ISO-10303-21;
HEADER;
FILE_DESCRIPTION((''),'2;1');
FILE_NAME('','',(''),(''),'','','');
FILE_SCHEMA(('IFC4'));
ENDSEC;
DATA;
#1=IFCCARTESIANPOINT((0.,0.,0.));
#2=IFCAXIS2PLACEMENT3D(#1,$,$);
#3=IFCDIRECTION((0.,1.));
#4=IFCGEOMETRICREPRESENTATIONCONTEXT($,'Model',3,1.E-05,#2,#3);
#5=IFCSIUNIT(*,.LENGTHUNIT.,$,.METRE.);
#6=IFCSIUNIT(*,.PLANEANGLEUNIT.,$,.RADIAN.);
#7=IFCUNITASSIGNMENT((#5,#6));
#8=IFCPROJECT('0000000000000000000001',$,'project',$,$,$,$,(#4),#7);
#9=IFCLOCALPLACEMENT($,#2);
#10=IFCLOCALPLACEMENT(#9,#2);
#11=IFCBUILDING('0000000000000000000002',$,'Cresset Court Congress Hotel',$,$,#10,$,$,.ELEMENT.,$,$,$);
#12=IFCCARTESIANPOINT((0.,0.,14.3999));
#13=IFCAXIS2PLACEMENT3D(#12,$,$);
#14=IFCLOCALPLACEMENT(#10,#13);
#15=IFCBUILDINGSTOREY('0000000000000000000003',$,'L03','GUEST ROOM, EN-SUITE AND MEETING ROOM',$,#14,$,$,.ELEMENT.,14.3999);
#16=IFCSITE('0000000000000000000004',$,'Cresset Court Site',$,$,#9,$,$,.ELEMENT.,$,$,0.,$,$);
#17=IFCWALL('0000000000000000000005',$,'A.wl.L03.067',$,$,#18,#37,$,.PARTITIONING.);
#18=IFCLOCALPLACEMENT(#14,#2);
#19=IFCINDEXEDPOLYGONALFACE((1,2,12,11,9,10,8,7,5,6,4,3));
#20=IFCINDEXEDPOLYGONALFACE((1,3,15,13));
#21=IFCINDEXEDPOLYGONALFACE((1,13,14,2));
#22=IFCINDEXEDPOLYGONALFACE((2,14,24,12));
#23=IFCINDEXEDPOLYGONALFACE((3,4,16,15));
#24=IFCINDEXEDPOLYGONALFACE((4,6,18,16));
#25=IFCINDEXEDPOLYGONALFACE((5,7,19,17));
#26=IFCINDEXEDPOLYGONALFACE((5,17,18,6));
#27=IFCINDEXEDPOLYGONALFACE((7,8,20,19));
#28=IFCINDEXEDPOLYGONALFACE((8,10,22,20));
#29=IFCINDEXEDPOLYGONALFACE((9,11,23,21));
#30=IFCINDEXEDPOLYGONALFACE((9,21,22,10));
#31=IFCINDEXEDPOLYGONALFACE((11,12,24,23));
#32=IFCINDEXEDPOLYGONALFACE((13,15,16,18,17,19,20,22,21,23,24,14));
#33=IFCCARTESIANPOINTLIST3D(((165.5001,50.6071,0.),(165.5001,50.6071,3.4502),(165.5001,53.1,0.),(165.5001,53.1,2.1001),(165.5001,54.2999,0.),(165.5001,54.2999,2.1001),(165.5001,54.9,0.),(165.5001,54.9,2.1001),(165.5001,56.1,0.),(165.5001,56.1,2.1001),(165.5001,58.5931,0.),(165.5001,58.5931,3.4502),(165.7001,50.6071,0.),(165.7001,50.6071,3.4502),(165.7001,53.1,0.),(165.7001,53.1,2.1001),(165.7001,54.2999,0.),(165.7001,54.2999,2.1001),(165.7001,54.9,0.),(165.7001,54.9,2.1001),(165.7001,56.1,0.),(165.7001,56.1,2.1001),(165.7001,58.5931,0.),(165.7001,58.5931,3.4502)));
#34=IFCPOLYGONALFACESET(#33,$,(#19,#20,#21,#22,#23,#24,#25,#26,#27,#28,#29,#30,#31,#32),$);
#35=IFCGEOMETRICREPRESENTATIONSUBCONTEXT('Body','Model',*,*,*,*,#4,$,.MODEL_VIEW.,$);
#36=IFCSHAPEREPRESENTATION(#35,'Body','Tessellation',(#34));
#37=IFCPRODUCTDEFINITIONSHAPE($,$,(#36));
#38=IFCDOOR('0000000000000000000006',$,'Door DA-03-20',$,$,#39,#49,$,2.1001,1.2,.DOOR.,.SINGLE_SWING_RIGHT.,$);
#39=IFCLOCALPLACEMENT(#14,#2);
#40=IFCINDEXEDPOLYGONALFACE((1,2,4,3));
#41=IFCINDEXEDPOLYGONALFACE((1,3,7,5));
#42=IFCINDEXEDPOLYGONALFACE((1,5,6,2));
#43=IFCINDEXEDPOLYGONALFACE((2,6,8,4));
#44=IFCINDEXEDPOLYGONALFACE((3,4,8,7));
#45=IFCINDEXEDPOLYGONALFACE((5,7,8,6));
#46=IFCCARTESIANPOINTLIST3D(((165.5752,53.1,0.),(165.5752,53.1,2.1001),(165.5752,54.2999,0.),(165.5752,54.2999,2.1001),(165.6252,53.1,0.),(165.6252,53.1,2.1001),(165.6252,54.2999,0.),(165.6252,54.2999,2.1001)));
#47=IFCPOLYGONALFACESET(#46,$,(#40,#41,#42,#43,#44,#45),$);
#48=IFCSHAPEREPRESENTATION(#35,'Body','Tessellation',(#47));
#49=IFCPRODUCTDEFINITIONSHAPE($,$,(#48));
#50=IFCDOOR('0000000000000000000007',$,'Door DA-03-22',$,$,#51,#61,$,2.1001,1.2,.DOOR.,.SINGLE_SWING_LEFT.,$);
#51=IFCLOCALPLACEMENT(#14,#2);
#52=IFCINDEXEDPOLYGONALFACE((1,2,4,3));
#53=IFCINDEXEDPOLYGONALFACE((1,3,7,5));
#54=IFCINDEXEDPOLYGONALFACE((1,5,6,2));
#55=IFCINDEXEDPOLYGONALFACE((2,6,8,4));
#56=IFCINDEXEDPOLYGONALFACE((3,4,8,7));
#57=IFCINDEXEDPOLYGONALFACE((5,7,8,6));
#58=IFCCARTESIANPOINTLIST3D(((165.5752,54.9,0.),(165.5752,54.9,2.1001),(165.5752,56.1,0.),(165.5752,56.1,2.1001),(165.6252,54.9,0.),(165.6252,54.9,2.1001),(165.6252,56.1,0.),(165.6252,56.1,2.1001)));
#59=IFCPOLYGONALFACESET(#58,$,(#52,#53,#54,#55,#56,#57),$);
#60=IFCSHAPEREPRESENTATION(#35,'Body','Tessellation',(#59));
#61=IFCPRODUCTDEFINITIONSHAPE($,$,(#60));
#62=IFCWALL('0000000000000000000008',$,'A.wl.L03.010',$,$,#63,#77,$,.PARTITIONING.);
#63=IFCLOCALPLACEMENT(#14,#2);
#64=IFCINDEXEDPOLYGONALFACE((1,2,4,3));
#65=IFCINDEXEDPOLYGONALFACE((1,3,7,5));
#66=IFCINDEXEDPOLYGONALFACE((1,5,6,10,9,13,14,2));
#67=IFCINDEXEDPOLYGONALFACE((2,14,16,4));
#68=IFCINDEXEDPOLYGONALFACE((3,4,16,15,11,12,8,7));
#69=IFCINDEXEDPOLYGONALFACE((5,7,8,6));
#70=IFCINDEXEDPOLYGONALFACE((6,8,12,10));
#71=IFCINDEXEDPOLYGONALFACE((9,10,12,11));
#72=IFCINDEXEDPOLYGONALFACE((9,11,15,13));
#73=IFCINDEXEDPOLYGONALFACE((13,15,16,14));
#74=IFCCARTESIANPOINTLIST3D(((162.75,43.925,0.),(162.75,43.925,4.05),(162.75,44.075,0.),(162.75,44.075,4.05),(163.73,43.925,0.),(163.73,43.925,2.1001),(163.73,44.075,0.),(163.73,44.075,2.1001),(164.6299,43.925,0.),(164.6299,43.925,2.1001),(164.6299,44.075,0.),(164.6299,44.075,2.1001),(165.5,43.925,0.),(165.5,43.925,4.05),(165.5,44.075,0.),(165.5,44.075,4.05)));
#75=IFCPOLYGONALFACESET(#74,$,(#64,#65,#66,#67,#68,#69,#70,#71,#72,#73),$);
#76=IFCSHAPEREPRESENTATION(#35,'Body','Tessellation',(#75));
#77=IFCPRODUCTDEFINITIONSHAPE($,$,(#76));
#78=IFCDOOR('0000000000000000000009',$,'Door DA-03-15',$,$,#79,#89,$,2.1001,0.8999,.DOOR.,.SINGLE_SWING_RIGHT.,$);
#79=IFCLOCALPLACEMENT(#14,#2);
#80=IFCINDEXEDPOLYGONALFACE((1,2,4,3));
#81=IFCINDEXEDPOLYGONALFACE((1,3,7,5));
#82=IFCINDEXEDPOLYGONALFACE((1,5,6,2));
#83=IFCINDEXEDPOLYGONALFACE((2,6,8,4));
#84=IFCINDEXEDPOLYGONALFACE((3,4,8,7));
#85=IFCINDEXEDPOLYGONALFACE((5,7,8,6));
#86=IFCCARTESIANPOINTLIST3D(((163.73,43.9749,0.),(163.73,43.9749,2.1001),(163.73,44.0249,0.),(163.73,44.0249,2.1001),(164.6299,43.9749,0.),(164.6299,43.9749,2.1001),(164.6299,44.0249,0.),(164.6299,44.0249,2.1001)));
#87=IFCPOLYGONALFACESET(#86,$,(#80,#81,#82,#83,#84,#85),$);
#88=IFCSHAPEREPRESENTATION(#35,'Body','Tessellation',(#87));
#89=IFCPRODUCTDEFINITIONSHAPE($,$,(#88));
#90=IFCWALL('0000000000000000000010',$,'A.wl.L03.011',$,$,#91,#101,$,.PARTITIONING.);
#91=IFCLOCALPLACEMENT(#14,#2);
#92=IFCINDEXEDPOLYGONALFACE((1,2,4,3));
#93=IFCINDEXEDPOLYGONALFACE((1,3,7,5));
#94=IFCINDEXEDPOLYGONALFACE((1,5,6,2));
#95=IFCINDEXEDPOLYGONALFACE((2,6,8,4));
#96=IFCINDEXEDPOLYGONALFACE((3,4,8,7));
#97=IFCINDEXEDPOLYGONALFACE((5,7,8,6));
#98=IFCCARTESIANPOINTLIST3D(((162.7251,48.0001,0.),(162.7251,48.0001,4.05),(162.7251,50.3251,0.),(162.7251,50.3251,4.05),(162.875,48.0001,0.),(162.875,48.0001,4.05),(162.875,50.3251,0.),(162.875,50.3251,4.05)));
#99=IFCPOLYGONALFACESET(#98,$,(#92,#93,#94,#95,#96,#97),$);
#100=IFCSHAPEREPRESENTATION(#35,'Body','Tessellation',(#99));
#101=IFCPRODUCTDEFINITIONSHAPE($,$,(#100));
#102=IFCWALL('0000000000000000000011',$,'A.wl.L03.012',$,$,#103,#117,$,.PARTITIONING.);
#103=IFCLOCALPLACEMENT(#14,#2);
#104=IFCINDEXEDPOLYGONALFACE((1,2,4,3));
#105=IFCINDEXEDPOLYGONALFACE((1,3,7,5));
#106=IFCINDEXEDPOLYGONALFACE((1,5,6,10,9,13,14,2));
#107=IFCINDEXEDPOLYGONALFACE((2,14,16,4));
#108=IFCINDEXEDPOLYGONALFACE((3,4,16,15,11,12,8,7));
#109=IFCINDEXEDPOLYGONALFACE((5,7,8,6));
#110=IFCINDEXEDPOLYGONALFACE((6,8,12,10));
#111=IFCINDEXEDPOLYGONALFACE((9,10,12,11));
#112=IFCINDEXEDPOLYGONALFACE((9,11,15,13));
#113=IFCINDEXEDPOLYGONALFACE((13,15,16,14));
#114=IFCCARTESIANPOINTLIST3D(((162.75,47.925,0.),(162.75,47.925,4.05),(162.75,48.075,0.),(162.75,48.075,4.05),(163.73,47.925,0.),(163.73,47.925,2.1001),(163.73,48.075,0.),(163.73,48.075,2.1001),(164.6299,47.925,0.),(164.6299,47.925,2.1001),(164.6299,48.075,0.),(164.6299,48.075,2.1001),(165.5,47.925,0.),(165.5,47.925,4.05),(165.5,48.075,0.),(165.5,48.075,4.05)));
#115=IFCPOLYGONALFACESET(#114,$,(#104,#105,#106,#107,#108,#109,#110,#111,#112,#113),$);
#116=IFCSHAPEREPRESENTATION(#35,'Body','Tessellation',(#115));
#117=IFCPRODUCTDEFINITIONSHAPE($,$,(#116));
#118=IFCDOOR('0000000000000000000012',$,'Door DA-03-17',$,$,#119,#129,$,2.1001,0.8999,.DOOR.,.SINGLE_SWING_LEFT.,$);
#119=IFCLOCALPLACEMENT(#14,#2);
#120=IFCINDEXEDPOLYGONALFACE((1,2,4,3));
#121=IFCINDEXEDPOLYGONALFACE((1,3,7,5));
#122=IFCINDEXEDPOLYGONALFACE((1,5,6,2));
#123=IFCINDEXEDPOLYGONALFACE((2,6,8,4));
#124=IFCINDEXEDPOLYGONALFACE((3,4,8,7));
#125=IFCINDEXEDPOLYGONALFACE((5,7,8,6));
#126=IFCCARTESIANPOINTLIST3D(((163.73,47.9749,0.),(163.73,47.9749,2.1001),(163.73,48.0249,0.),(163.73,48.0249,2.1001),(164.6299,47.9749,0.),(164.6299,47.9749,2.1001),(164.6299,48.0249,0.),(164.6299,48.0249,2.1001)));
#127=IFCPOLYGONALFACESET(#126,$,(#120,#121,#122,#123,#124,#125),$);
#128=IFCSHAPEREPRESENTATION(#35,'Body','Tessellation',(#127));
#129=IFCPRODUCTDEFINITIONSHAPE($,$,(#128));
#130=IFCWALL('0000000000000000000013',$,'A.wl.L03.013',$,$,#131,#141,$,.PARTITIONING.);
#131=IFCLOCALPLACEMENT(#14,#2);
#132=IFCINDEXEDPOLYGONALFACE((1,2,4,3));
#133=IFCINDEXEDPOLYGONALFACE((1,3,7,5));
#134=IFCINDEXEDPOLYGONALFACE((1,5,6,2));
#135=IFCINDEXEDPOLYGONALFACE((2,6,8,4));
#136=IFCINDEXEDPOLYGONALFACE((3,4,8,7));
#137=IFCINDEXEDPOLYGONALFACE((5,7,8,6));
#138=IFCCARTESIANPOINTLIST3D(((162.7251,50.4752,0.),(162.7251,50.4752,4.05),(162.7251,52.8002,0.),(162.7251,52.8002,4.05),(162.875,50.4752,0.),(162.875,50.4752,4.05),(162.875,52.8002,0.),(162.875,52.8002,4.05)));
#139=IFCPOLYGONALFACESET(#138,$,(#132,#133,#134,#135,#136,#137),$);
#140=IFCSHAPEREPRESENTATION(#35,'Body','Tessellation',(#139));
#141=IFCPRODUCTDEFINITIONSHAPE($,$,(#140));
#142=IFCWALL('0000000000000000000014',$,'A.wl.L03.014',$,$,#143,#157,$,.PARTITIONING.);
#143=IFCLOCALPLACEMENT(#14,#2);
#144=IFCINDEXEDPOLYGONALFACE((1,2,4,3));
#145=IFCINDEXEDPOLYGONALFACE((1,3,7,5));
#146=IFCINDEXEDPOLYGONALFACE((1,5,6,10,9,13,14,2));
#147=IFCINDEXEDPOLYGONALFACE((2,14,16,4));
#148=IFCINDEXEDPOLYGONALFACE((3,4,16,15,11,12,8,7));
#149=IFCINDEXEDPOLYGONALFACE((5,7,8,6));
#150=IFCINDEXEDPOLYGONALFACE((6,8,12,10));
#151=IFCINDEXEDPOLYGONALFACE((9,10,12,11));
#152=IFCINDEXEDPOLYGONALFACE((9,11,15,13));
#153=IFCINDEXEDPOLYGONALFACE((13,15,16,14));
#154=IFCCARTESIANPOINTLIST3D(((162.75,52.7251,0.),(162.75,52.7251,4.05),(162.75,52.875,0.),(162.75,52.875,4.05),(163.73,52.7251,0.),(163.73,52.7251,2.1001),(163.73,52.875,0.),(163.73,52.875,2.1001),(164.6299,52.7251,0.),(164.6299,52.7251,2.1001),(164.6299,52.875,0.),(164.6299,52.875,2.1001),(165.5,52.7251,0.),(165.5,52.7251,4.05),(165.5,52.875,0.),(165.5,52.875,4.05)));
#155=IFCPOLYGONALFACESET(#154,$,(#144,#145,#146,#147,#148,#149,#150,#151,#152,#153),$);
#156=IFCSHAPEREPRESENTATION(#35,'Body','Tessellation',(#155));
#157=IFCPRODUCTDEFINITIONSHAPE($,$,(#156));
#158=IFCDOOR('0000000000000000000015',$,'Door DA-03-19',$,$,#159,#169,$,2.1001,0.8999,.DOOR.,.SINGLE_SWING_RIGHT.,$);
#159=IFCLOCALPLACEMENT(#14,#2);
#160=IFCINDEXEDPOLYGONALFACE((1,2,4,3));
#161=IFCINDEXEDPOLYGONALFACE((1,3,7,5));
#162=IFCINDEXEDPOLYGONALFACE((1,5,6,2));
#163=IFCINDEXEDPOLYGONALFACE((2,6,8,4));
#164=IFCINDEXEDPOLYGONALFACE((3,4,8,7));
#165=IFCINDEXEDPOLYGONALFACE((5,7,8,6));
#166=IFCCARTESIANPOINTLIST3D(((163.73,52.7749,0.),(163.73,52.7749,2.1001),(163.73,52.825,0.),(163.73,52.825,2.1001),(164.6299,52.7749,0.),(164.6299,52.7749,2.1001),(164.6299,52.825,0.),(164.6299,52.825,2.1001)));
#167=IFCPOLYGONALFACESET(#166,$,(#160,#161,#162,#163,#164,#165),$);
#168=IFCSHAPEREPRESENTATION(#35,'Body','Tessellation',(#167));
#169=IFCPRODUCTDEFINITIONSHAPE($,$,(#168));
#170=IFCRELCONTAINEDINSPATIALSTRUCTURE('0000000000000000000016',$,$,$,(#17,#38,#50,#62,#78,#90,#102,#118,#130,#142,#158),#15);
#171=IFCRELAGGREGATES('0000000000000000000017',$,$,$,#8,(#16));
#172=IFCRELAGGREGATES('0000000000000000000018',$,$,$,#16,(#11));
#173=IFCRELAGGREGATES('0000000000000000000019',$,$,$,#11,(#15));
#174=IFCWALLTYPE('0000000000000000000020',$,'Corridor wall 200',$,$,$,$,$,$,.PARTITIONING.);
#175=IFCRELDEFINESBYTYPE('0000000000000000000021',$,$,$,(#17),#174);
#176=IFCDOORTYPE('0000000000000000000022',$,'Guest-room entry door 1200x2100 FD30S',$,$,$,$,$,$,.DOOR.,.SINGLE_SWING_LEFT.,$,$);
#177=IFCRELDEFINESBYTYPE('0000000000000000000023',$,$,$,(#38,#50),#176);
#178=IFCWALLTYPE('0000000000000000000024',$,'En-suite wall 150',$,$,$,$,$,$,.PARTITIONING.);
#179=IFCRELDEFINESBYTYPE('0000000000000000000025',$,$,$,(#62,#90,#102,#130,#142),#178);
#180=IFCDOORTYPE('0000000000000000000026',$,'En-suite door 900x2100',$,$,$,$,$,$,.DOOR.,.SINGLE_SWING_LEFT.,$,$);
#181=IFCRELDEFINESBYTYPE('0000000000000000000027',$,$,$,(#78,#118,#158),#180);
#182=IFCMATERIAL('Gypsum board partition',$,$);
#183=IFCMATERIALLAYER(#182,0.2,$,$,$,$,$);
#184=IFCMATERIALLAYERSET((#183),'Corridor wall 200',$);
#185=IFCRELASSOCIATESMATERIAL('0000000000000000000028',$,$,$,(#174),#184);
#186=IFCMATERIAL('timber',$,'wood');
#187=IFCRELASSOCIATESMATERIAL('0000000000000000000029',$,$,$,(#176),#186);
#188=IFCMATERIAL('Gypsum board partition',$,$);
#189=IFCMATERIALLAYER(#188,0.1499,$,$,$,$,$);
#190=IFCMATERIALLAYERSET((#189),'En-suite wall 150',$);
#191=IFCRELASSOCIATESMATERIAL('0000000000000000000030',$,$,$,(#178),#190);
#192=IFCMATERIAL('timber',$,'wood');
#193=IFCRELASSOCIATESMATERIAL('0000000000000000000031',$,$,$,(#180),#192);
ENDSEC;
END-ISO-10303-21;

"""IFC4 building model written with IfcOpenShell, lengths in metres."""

from ifc_helpers import new_model, si_unit, direction, frame, frame_2d, origin, place, context, subcontext, project, spatial, rectangle, extrude, material, layer, layer_set, type_object, element, fill, save


model = new_model("IFC4")

# Units and contexts
model_context = context("Model", 3, precision=1e-05, world=origin(), true_north=direction((0.0, 1.0)))
body_context = subcontext(model_context, "Body", "Model", "MODEL_VIEW")
ifc_project = project(units=[si_unit("LENGTHUNIT", "METRE"), si_unit("PLANEANGLEUNIT", "RADIAN")], contexts=[model_context])

# Site, building, storey
site_placement = place(None, origin())
site = spatial("IfcSite", under=ifc_project, at=site_placement, Name="Cresset Court Site", CompositionType="ELEMENT", RefElevation=0.0)
building_placement = place(site_placement, origin())
building = spatial("IfcBuilding", under=site, at=building_placement, Name="Cresset Court Congress Hotel", CompositionType="ELEMENT")
storey_placement = place(building_placement, frame((0.0, 0.0, 14.3999)))
storey = spatial("IfcBuildingStorey", under=building, at=storey_placement, Name="L03", Description="GUEST ROOM, EN-SUITE AND MEETING ROOM", CompositionType="ELEMENT", Elevation=14.3999)

# Wall, openings, doors
ifc_material_1 = material(Name="Gypsum board partition")
ifc_layer_1 = layer(ifc_material_1, 0.2)
ifc_layer_set_1 = layer_set([ifc_layer_1], Name="Corridor wall 200")
wall_type_1 = type_object("IfcWallType", Name="Corridor wall 200", PredefinedType="PARTITIONING", material=ifc_layer_set_1)
wall_1_placement = place(storey_placement, frame((165.6001, 50.6069, 0.0), z_axis=(0.0, 0.0, 1.0), x_axis=(0.0, 1.0, 0.0)))
wall_1 = element("IfcWall", 1, at=wall_1_placement, inside=storey, type_object=wall_type_1, Name="A.wl.L03.067", PredefinedType="PARTITIONING", context=body_context, shape_type="SweptSolid", body=[
    extrude(rectangle(XDim=7.9861, YDim=0.2, at=frame_2d((3.9932, 0.0))), origin(), (0.0, 0.0, 1.0), 3.4502),
])
opening_1_placement = place(wall_1_placement, frame((2.4929, 0.0, 0.0)))
opening_1 = element("IfcOpeningElement", 2, at=opening_1_placement, cuts=wall_1, PredefinedType="OPENING", context=body_context, shape_type="SweptSolid", body=[
    extrude(rectangle(XDim=1.2, YDim=2.1001, at=frame_2d((0.6001, 1.05))), frame((0.0, 0.1099, 0.0), z_axis=(0.0, -1.0, 0.0), x_axis=(1.0, 0.0, 0.0)), (0.0, 0.0, 1.0), 0.22),
])
opening_2_placement = place(wall_1_placement, frame((4.293, 0.0, 0.0)))
opening_2 = element("IfcOpeningElement", 3, at=opening_2_placement, cuts=wall_1, PredefinedType="OPENING", context=body_context, shape_type="SweptSolid", body=[
    extrude(rectangle(XDim=1.2, YDim=2.1001, at=frame_2d((0.6001, 1.05))), frame((0.0, 0.1099, 0.0), z_axis=(0.0, -1.0, 0.0), x_axis=(1.0, 0.0, 0.0)), (0.0, 0.0, 1.0), 0.22),
])
ifc_material_2 = material(Name="timber", Category="wood")
door_type_1 = type_object("IfcDoorType", Name="Guest-room entry door 1200x2100 FD30S", OperationType="SINGLE_SWING_LEFT", PredefinedType="DOOR", material=ifc_material_2)
door_1_placement = place(opening_1_placement, origin())
door_1 = element("IfcDoor", 4, at=door_1_placement, inside=storey, type_object=door_type_1, Name="Door DA-03-20", OperationType="SINGLE_SWING_RIGHT", OverallHeight=2.1001, OverallWidth=1.2, PredefinedType="DOOR", context=body_context, shape_type="SweptSolid", body=[
    extrude(rectangle(XDim=1.2, YDim=2.1001, at=frame_2d((0.6001, 1.05))), frame((0.0, 0.0249, 0.0), z_axis=(0.0, -1.0, 0.0), x_axis=(1.0, 0.0, 0.0)), (0.0, 0.0, 1.0), 0.05),
])
fill(opening_1, door_1)
door_2_placement = place(opening_2_placement, origin())
door_2 = element("IfcDoor", 5, at=door_2_placement, inside=storey, type_object=door_type_1, Name="Door DA-03-22", OperationType="SINGLE_SWING_LEFT", OverallHeight=2.1001, OverallWidth=1.2, PredefinedType="DOOR", context=body_context, shape_type="SweptSolid", body=[
    extrude(rectangle(XDim=1.2, YDim=2.1001, at=frame_2d((0.6001, 1.05))), frame((0.0, 0.0249, 0.0), z_axis=(0.0, -1.0, 0.0), x_axis=(1.0, 0.0, 0.0)), (0.0, 0.0, 1.0), 0.05),
])
fill(opening_2, door_2)

# Wall, opening, door
ifc_material_3 = material(Name="Gypsum board partition")
ifc_layer_2 = layer(ifc_material_3, 0.1499)
ifc_layer_set_2 = layer_set([ifc_layer_2], Name="En-suite wall 150")
wall_type_2 = type_object("IfcWallType", Name="En-suite wall 150", PredefinedType="PARTITIONING", material=ifc_layer_set_2)
wall_2_placement = place(storey_placement, frame((162.75, 44.0, 0.0), z_axis=(0.0, 0.0, 1.0), x_axis=(1.0, 0.0, 0.0)))
wall_2 = element("IfcWall", 6, at=wall_2_placement, inside=storey, type_object=wall_type_2, Name="A.wl.L03.010", PredefinedType="PARTITIONING", context=body_context, shape_type="SweptSolid", body=[
    extrude(rectangle(XDim=2.75, YDim=0.1499, at=frame_2d((1.375, 0.0))), origin(), (0.0, 0.0, 1.0), 4.05),
])
opening_3_placement = place(wall_2_placement, frame((0.98, 0.0, 0.0)))
opening_3 = element("IfcOpeningElement", 7, at=opening_3_placement, cuts=wall_2, PredefinedType="OPENING", context=body_context, shape_type="SweptSolid", body=[
    extrude(rectangle(XDim=0.8999, YDim=2.1001, at=frame_2d((0.45, 1.05))), frame((0.0, 0.085, 0.0), z_axis=(0.0, -1.0, 0.0), x_axis=(1.0, 0.0, 0.0)), (0.0, 0.0, 1.0), 0.1699),
])
ifc_material_4 = material(Name="timber", Category="wood")
door_type_2 = type_object("IfcDoorType", Name="En-suite door 900x2100", OperationType="SINGLE_SWING_LEFT", PredefinedType="DOOR", material=ifc_material_4)
door_3_placement = place(opening_3_placement, origin())
door_3 = element("IfcDoor", 8, at=door_3_placement, inside=storey, type_object=door_type_2, Name="Door DA-03-15", OperationType="SINGLE_SWING_RIGHT", OverallHeight=2.1001, OverallWidth=0.8999, PredefinedType="DOOR", context=body_context, shape_type="SweptSolid", body=[
    extrude(rectangle(XDim=0.8999, YDim=2.1001, at=frame_2d((0.45, 1.05))), frame((0.0, 0.0249, 0.0), z_axis=(0.0, -1.0, 0.0), x_axis=(1.0, 0.0, 0.0)), (0.0, 0.0, 1.0), 0.05),
])
fill(opening_3, door_3)

# Wall
wall_3_placement = place(storey_placement, frame((162.8, 48.0, 0.0), z_axis=(0.0, 0.0, 1.0), x_axis=(0.0, 1.0, 0.0)))
element("IfcWall", 9, at=wall_3_placement, inside=storey, type_object=wall_type_2, Name="A.wl.L03.011", PredefinedType="PARTITIONING", context=body_context, shape_type="SweptSolid", body=[
    extrude(rectangle(XDim=2.325, YDim=0.1499, at=frame_2d((1.1626, 0.0))), origin(), (0.0, 0.0, 1.0), 4.05),
])

# Wall, opening, door
wall_4_placement = place(storey_placement, frame((162.75, 48.0, 0.0), z_axis=(0.0, 0.0, 1.0), x_axis=(1.0, 0.0, 0.0)))
wall_4 = element("IfcWall", 10, at=wall_4_placement, inside=storey, type_object=wall_type_2, Name="A.wl.L03.012", PredefinedType="PARTITIONING", context=body_context, shape_type="SweptSolid", body=[
    extrude(rectangle(XDim=2.75, YDim=0.1499, at=frame_2d((1.375, 0.0))), origin(), (0.0, 0.0, 1.0), 4.05),
])
opening_4_placement = place(wall_4_placement, frame((0.98, 0.0, 0.0)))
opening_4 = element("IfcOpeningElement", 11, at=opening_4_placement, cuts=wall_4, PredefinedType="OPENING", context=body_context, shape_type="SweptSolid", body=[
    extrude(rectangle(XDim=0.8999, YDim=2.1001, at=frame_2d((0.45, 1.05))), frame((0.0, 0.085, 0.0), z_axis=(0.0, -1.0, 0.0), x_axis=(1.0, 0.0, 0.0)), (0.0, 0.0, 1.0), 0.1699),
])
door_4_placement = place(opening_4_placement, origin())
door_4 = element("IfcDoor", 12, at=door_4_placement, inside=storey, type_object=door_type_2, Name="Door DA-03-17", OperationType="SINGLE_SWING_LEFT", OverallHeight=2.1001, OverallWidth=0.8999, PredefinedType="DOOR", context=body_context, shape_type="SweptSolid", body=[
    extrude(rectangle(XDim=0.8999, YDim=2.1001, at=frame_2d((0.45, 1.05))), frame((0.0, 0.0249, 0.0), z_axis=(0.0, -1.0, 0.0), x_axis=(1.0, 0.0, 0.0)), (0.0, 0.0, 1.0), 0.05),
])
fill(opening_4, door_4)

# Wall
wall_5_placement = place(storey_placement, frame((162.8, 50.4751, 0.0), z_axis=(0.0, 0.0, 1.0), x_axis=(0.0, 1.0, 0.0)))
element("IfcWall", 13, at=wall_5_placement, inside=storey, type_object=wall_type_2, Name="A.wl.L03.013", PredefinedType="PARTITIONING", context=body_context, shape_type="SweptSolid", body=[
    extrude(rectangle(XDim=2.325, YDim=0.1499, at=frame_2d((1.1626, 0.0))), origin(), (0.0, 0.0, 1.0), 4.05),
])

# Wall, opening, door
wall_6_placement = place(storey_placement, frame((162.75, 52.8, 0.0), z_axis=(0.0, 0.0, 1.0), x_axis=(1.0, 0.0, 0.0)))
wall_6 = element("IfcWall", 14, at=wall_6_placement, inside=storey, type_object=wall_type_2, Name="A.wl.L03.014", PredefinedType="PARTITIONING", context=body_context, shape_type="SweptSolid", body=[
    extrude(rectangle(XDim=2.75, YDim=0.1499, at=frame_2d((1.375, 0.0))), origin(), (0.0, 0.0, 1.0), 4.05),
])
opening_5_placement = place(wall_6_placement, frame((0.98, 0.0, 0.0)))
opening_5 = element("IfcOpeningElement", 15, at=opening_5_placement, cuts=wall_6, PredefinedType="OPENING", context=body_context, shape_type="SweptSolid", body=[
    extrude(rectangle(XDim=0.8999, YDim=2.1001, at=frame_2d((0.45, 1.05))), frame((0.0, 0.085, 0.0), z_axis=(0.0, -1.0, 0.0), x_axis=(1.0, 0.0, 0.0)), (0.0, 0.0, 1.0), 0.1699),
])
door_5_placement = place(opening_5_placement, origin())
door_5 = element("IfcDoor", 16, at=door_5_placement, inside=storey, type_object=door_type_2, Name="Door DA-03-19", OperationType="SINGLE_SWING_RIGHT", OverallHeight=2.1001, OverallWidth=0.8999, PredefinedType="DOOR", context=body_context, shape_type="SweptSolid", body=[
    extrude(rectangle(XDim=0.8999, YDim=2.1001, at=frame_2d((0.45, 1.05))), frame((0.0, 0.0249, 0.0), z_axis=(0.0, -1.0, 0.0), x_axis=(1.0, 0.0, 0.0)), (0.0, 0.0, 1.0), 0.05),
])
fill(opening_5, door_5)

save(model, "model.ifc")
